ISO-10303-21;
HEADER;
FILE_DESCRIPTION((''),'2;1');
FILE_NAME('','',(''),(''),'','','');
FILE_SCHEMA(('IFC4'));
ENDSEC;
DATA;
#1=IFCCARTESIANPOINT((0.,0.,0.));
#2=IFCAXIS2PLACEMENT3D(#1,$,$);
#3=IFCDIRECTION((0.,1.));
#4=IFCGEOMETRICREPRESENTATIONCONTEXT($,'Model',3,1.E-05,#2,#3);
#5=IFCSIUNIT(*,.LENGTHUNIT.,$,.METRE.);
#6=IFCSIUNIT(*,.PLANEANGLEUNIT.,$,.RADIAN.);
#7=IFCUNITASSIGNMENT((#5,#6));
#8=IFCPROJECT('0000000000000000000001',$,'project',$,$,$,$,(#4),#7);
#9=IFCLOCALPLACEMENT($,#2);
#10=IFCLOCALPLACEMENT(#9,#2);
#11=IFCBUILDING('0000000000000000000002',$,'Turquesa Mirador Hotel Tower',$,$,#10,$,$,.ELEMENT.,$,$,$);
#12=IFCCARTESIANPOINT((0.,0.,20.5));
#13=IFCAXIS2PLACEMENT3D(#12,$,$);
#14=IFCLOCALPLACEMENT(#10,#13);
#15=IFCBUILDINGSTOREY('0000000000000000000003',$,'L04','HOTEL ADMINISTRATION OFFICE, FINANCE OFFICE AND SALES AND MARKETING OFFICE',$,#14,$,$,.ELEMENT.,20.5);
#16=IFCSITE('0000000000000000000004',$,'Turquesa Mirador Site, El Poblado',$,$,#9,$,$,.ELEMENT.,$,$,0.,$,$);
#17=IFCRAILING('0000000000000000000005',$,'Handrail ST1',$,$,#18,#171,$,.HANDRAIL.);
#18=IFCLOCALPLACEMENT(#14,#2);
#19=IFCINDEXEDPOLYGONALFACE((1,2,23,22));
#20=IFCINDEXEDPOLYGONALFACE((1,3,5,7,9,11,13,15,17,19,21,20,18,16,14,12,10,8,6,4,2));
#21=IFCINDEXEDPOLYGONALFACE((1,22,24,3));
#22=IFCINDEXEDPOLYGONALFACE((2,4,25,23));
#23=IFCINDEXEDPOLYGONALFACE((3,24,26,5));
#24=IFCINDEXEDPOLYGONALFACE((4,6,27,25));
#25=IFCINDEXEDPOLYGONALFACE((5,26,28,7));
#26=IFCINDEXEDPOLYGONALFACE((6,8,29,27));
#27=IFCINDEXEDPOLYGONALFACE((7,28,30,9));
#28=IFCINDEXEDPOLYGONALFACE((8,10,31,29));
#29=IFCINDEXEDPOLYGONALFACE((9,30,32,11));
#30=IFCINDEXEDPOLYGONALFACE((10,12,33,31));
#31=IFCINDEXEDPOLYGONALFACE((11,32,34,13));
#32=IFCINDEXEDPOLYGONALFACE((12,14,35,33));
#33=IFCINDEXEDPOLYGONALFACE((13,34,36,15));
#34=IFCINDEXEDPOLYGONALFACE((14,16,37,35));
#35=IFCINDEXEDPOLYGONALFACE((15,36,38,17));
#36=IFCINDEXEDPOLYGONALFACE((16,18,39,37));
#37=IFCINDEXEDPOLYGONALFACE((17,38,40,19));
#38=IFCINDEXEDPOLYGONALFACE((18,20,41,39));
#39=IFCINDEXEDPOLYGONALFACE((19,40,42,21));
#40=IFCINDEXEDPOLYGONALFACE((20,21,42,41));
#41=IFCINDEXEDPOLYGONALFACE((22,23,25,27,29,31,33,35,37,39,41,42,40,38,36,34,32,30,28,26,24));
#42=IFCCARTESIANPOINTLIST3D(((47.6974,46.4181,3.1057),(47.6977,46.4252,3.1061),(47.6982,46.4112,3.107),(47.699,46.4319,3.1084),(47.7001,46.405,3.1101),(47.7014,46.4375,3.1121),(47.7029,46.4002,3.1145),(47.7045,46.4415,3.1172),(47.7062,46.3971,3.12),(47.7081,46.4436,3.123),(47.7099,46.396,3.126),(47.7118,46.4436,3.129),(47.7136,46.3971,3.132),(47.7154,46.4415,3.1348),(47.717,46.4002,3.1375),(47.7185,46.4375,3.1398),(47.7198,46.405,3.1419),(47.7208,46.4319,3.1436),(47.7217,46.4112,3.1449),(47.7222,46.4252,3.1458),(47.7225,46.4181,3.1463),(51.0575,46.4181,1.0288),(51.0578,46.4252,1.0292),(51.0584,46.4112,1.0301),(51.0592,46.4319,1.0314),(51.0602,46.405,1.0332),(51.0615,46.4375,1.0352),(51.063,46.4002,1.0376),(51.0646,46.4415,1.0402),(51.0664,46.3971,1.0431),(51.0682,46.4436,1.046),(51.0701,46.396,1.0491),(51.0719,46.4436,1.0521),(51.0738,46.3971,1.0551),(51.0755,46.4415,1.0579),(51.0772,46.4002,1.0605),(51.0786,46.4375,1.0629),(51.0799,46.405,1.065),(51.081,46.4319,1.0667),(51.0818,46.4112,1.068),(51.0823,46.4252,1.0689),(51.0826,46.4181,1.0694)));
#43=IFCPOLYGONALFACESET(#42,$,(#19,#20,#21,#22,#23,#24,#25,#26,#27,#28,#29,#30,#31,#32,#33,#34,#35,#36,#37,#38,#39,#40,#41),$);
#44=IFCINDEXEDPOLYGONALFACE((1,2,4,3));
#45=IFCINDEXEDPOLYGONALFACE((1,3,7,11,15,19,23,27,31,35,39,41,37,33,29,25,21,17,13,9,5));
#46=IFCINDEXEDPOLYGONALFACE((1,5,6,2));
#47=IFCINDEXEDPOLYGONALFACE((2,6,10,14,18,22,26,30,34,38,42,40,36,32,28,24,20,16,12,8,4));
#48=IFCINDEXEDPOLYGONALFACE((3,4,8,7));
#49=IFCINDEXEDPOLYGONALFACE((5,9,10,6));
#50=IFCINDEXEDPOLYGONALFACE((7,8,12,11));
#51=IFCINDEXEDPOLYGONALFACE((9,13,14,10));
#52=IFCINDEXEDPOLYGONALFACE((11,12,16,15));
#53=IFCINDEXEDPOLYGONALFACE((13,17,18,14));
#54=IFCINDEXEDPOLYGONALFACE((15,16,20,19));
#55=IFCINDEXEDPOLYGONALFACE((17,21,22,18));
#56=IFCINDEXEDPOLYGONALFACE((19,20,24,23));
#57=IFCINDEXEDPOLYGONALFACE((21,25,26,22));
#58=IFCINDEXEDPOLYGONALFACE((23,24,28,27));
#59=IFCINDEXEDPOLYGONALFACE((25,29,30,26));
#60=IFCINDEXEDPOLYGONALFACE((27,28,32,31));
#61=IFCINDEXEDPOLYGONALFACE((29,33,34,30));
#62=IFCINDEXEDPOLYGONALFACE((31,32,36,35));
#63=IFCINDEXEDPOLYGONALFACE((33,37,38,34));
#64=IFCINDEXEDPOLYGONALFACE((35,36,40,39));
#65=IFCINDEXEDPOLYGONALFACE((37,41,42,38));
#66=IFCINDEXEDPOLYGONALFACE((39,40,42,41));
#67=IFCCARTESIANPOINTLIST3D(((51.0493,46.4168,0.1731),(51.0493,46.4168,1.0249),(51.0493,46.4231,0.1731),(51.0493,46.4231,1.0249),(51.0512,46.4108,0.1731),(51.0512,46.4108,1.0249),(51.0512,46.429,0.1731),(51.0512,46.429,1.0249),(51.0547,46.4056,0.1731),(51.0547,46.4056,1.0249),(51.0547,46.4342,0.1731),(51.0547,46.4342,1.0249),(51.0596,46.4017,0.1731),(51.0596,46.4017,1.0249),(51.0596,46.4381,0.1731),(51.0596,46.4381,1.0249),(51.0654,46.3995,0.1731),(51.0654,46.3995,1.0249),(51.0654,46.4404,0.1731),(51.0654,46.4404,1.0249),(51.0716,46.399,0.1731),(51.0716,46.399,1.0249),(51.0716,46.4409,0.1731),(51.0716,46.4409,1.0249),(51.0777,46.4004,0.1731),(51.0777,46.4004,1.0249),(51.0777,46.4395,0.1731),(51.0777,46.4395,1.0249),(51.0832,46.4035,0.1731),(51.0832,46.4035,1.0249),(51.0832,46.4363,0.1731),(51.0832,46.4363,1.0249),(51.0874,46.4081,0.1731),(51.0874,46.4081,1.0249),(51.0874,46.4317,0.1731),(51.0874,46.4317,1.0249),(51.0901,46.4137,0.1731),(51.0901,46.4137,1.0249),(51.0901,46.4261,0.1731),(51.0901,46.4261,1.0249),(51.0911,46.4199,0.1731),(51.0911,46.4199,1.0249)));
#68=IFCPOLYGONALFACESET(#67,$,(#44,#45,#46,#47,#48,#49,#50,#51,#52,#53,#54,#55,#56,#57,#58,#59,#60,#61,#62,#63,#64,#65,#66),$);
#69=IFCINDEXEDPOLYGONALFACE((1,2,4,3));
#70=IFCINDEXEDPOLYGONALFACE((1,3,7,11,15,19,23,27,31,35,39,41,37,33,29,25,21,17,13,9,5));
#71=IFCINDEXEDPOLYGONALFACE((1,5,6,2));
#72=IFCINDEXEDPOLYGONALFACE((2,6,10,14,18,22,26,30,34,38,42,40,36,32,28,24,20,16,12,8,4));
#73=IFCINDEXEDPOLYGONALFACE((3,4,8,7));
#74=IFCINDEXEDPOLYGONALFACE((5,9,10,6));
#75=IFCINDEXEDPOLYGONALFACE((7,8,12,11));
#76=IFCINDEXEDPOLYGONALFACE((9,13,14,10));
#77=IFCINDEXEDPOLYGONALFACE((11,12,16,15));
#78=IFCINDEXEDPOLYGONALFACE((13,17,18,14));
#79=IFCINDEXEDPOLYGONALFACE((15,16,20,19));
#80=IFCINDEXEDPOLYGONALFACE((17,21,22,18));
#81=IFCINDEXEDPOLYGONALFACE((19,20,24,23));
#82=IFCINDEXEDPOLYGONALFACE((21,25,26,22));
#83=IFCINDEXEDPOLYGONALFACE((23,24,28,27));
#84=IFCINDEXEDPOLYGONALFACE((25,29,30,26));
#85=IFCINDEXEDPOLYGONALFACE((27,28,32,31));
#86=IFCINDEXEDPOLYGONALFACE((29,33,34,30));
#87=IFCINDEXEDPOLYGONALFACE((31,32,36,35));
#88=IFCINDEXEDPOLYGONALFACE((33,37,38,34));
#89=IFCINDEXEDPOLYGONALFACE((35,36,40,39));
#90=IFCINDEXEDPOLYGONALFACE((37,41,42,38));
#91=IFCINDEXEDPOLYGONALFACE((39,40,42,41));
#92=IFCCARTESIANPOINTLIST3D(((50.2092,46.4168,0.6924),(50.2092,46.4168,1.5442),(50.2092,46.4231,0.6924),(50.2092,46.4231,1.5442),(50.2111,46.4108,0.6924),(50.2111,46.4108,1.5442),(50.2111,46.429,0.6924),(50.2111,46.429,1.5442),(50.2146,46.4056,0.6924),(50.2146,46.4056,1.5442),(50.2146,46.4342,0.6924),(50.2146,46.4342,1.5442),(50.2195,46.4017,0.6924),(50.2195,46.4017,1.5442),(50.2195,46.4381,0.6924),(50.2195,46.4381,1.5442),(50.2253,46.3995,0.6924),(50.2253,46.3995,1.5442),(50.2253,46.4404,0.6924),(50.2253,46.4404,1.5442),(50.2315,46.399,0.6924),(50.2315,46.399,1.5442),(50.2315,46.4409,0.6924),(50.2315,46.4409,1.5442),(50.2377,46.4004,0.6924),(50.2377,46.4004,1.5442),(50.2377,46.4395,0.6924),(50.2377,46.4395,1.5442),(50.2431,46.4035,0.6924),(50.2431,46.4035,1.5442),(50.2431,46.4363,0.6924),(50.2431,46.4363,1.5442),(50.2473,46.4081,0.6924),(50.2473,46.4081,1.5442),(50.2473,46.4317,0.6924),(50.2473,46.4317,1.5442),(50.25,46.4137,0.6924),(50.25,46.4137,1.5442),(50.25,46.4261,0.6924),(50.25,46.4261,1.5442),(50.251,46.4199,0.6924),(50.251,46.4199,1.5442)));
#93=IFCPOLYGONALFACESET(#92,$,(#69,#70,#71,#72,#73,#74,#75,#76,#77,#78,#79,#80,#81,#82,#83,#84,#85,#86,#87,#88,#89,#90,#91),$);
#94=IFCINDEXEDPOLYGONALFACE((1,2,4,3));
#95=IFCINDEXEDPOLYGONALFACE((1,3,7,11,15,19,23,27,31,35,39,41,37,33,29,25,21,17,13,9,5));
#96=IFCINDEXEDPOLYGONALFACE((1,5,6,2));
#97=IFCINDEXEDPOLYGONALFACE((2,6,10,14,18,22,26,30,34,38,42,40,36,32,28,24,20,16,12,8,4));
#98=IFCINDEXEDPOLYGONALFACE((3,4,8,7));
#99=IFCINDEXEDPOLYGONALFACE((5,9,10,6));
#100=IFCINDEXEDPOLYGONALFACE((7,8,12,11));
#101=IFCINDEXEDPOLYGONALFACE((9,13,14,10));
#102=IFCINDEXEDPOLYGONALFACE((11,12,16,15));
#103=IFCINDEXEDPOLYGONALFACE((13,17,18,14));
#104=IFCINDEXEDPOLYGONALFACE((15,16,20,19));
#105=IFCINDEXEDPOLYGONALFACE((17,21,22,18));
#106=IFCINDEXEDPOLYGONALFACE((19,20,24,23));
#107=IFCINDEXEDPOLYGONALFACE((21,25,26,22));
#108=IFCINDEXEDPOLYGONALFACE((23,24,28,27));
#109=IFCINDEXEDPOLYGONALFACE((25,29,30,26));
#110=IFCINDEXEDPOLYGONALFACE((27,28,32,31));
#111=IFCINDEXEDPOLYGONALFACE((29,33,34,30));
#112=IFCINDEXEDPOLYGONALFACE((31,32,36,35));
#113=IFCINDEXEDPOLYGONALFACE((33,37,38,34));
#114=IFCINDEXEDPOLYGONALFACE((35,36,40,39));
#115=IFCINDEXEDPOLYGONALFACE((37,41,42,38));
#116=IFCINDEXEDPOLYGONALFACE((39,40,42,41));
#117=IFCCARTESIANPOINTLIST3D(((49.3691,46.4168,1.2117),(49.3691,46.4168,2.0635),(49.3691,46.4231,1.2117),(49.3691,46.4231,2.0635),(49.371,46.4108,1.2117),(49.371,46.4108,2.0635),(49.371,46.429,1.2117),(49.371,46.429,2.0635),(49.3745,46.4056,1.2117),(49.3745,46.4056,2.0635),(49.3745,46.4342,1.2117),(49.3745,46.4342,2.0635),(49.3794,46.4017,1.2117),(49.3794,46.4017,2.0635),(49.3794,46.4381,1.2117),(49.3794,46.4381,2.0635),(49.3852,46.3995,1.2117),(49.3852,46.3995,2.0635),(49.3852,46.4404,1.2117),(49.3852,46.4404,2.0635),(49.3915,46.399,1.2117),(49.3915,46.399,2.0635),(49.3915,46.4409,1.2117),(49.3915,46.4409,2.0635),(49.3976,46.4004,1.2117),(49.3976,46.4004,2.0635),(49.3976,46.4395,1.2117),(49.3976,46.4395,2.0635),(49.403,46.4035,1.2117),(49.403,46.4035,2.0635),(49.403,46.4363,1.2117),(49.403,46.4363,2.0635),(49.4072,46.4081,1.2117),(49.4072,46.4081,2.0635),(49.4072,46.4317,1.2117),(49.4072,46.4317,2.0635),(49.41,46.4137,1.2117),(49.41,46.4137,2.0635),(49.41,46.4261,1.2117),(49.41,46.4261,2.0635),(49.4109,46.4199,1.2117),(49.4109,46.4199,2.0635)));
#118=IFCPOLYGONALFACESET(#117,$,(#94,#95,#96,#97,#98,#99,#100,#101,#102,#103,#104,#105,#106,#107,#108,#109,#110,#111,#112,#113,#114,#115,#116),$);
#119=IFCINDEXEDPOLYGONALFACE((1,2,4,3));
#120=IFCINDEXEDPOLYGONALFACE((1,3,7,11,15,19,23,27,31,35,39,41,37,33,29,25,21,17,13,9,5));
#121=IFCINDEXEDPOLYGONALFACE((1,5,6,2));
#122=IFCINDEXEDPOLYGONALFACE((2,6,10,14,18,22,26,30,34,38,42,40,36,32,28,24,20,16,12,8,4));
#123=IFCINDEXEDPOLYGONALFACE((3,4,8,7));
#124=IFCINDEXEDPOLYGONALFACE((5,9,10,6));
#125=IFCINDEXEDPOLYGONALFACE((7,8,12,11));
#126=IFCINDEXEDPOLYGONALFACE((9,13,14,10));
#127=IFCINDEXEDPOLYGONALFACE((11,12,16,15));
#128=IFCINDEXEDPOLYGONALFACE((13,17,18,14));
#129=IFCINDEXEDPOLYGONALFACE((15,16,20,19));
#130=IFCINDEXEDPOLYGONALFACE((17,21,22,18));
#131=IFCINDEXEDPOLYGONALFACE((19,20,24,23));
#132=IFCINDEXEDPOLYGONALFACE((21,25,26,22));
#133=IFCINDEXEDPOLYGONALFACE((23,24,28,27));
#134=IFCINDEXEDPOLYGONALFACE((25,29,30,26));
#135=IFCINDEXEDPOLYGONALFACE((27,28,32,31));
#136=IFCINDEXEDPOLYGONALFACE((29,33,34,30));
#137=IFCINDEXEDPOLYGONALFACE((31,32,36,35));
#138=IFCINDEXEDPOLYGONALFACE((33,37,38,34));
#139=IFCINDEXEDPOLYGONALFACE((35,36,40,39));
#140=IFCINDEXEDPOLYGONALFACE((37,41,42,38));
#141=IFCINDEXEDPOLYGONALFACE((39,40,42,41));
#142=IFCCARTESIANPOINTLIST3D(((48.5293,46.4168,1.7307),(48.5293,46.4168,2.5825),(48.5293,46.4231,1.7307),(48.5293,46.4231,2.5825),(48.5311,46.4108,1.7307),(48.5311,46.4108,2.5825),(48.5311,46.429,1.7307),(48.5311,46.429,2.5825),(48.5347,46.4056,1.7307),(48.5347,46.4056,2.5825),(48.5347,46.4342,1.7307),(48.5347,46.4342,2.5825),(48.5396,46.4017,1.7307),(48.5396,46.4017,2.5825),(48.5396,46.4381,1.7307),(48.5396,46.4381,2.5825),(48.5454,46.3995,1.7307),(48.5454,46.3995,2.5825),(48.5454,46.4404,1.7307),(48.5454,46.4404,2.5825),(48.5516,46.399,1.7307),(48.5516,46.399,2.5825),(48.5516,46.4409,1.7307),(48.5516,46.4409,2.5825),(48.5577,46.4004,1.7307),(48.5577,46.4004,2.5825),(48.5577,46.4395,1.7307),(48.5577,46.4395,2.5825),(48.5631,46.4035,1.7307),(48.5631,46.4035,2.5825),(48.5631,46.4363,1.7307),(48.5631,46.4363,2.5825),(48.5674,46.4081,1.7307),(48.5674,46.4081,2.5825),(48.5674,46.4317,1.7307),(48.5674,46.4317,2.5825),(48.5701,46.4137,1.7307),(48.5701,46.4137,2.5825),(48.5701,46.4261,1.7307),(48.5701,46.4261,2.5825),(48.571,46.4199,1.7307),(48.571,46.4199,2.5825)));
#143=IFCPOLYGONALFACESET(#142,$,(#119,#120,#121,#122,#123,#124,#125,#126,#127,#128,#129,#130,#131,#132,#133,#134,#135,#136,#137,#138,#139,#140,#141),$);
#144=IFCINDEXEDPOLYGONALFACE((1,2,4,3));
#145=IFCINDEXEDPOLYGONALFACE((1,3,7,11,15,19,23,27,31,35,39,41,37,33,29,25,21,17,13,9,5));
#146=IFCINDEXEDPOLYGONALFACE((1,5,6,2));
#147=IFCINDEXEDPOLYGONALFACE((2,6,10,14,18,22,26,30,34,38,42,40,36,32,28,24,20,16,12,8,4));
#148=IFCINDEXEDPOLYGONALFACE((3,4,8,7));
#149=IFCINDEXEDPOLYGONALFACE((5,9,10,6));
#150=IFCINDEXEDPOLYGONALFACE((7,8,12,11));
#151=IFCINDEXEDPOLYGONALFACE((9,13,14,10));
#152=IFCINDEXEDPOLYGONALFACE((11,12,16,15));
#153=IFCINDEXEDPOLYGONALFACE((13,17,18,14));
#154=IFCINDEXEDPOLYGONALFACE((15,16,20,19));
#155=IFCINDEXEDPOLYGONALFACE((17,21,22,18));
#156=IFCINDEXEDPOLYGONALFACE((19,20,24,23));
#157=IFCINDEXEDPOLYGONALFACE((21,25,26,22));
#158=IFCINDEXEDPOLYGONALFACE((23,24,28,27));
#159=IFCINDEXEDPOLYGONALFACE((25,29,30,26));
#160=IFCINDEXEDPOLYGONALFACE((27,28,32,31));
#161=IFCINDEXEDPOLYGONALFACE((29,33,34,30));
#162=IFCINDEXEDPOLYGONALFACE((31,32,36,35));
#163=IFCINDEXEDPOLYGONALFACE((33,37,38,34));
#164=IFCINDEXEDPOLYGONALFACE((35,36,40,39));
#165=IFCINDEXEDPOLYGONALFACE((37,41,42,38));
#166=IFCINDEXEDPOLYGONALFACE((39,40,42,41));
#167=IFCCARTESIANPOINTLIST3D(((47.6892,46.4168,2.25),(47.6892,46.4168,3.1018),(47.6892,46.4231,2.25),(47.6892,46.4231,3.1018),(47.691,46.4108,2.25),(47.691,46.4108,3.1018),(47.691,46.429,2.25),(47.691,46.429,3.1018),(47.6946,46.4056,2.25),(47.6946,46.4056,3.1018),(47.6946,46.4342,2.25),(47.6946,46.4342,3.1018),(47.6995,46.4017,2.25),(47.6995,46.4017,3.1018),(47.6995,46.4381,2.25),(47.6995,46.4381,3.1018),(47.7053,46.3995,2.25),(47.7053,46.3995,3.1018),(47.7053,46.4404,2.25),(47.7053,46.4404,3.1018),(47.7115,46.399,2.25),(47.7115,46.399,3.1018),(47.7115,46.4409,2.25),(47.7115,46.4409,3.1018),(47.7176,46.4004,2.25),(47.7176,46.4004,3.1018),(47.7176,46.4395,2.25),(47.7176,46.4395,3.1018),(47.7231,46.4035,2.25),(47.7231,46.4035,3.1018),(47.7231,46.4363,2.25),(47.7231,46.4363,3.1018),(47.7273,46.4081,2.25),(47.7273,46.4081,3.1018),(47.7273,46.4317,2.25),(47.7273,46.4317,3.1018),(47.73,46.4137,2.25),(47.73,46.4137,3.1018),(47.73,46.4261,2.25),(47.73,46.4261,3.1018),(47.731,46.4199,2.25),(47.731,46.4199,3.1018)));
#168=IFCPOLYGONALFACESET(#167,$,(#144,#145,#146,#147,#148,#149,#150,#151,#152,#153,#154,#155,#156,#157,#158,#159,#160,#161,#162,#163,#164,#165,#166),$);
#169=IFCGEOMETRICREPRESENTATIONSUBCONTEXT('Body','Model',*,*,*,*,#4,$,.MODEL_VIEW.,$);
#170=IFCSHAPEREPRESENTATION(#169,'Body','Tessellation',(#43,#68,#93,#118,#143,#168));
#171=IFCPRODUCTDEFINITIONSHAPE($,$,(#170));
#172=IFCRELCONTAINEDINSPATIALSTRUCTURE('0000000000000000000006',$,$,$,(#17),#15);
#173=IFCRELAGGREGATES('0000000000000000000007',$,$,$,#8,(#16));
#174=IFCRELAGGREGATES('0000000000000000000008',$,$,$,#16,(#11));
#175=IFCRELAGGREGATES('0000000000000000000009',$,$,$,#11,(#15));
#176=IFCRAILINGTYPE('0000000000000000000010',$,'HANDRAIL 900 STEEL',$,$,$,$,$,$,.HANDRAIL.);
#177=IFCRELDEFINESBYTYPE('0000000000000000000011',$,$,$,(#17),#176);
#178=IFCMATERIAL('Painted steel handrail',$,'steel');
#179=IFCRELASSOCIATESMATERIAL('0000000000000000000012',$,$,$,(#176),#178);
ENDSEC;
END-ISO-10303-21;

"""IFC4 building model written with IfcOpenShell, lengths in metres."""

from ifc_helpers import new_model, si_unit, direction, frame, origin, origin_2d, place, context, subcontext, project, spatial, circle, extrude, material, type_object, element, save


model = new_model("IFC4")

# Units and contexts
model_context = context("Model", 3, precision=1e-05, world=origin(), true_north=direction((0.0, 1.0)))
body_context = subcontext(model_context, "Body", "Model", "MODEL_VIEW")
ifc_project = project(units=[si_unit("LENGTHUNIT", "METRE"), si_unit("PLANEANGLEUNIT", "RADIAN")], contexts=[model_context])

# Site, building, storey
site_placement = place(None, origin())
site = spatial("IfcSite", under=ifc_project, at=site_placement, Name="Turquesa Mirador Site, El Poblado", CompositionType="ELEMENT", RefElevation=0.0)
building_placement = place(site_placement, origin())
building = spatial("IfcBuilding", under=site, at=building_placement, Name="Turquesa Mirador Hotel Tower", CompositionType="ELEMENT")
storey_placement = place(building_placement, frame((0.0, 0.0, 20.5)))
storey = spatial("IfcBuildingStorey", under=building, at=storey_placement, Name="L04", Description="HOTEL ADMINISTRATION OFFICE, FINANCE OFFICE AND SALES AND MARKETING OFFICE", CompositionType="ELEMENT", Elevation=20.5)

# Railing
ifc_material_1 = material(Name="Painted steel handrail", Category="steel")
railing_type_1 = type_object("IfcRailingType", Name="HANDRAIL 900 STEEL", PredefinedType="HANDRAIL", material=ifc_material_1)
railing_1_placement = place(storey_placement, frame((51.0701, 46.4199, 0.1731)))
element("IfcRailing", 1, at=railing_1_placement, inside=storey, type_object=railing_type_1, Name="Handrail ST1", PredefinedType="HANDRAIL", context=body_context, shape_type="SweptSolid", body=[
    extrude(circle(Radius=0.0239, at=origin_2d()), frame((0.0, 0.0, 0.876), z_axis=(-0.850623, 0.0, 0.525776), x_axis=(0.0, -1.0, 0.0)), (0.0, 0.0, 1.0), 3.9502),
    extrude(circle(Radius=0.021, at=origin_2d()), origin(), (0.0, 0.0, 1.0), 0.8518),
    extrude(circle(Radius=0.021, at=origin_2d()), frame((-0.8401, 0.0, 0.5193)), (0.0, 0.0, 1.0), 0.8518),
    extrude(circle(Radius=0.021, at=origin_2d()), frame((-1.6802, 0.0, 1.0386)), (0.0, 0.0, 1.0), 0.8518),
    extrude(circle(Radius=0.021, at=origin_2d()), frame((-2.52, 0.0, 1.5576)), (0.0, 0.0, 1.0), 0.8518),
    extrude(circle(Radius=0.021, at=origin_2d()), frame((-3.3601, 0.0, 2.0769)), (0.0, 0.0, 1.0), 0.8518),
])

save(model, "model.ifc")
